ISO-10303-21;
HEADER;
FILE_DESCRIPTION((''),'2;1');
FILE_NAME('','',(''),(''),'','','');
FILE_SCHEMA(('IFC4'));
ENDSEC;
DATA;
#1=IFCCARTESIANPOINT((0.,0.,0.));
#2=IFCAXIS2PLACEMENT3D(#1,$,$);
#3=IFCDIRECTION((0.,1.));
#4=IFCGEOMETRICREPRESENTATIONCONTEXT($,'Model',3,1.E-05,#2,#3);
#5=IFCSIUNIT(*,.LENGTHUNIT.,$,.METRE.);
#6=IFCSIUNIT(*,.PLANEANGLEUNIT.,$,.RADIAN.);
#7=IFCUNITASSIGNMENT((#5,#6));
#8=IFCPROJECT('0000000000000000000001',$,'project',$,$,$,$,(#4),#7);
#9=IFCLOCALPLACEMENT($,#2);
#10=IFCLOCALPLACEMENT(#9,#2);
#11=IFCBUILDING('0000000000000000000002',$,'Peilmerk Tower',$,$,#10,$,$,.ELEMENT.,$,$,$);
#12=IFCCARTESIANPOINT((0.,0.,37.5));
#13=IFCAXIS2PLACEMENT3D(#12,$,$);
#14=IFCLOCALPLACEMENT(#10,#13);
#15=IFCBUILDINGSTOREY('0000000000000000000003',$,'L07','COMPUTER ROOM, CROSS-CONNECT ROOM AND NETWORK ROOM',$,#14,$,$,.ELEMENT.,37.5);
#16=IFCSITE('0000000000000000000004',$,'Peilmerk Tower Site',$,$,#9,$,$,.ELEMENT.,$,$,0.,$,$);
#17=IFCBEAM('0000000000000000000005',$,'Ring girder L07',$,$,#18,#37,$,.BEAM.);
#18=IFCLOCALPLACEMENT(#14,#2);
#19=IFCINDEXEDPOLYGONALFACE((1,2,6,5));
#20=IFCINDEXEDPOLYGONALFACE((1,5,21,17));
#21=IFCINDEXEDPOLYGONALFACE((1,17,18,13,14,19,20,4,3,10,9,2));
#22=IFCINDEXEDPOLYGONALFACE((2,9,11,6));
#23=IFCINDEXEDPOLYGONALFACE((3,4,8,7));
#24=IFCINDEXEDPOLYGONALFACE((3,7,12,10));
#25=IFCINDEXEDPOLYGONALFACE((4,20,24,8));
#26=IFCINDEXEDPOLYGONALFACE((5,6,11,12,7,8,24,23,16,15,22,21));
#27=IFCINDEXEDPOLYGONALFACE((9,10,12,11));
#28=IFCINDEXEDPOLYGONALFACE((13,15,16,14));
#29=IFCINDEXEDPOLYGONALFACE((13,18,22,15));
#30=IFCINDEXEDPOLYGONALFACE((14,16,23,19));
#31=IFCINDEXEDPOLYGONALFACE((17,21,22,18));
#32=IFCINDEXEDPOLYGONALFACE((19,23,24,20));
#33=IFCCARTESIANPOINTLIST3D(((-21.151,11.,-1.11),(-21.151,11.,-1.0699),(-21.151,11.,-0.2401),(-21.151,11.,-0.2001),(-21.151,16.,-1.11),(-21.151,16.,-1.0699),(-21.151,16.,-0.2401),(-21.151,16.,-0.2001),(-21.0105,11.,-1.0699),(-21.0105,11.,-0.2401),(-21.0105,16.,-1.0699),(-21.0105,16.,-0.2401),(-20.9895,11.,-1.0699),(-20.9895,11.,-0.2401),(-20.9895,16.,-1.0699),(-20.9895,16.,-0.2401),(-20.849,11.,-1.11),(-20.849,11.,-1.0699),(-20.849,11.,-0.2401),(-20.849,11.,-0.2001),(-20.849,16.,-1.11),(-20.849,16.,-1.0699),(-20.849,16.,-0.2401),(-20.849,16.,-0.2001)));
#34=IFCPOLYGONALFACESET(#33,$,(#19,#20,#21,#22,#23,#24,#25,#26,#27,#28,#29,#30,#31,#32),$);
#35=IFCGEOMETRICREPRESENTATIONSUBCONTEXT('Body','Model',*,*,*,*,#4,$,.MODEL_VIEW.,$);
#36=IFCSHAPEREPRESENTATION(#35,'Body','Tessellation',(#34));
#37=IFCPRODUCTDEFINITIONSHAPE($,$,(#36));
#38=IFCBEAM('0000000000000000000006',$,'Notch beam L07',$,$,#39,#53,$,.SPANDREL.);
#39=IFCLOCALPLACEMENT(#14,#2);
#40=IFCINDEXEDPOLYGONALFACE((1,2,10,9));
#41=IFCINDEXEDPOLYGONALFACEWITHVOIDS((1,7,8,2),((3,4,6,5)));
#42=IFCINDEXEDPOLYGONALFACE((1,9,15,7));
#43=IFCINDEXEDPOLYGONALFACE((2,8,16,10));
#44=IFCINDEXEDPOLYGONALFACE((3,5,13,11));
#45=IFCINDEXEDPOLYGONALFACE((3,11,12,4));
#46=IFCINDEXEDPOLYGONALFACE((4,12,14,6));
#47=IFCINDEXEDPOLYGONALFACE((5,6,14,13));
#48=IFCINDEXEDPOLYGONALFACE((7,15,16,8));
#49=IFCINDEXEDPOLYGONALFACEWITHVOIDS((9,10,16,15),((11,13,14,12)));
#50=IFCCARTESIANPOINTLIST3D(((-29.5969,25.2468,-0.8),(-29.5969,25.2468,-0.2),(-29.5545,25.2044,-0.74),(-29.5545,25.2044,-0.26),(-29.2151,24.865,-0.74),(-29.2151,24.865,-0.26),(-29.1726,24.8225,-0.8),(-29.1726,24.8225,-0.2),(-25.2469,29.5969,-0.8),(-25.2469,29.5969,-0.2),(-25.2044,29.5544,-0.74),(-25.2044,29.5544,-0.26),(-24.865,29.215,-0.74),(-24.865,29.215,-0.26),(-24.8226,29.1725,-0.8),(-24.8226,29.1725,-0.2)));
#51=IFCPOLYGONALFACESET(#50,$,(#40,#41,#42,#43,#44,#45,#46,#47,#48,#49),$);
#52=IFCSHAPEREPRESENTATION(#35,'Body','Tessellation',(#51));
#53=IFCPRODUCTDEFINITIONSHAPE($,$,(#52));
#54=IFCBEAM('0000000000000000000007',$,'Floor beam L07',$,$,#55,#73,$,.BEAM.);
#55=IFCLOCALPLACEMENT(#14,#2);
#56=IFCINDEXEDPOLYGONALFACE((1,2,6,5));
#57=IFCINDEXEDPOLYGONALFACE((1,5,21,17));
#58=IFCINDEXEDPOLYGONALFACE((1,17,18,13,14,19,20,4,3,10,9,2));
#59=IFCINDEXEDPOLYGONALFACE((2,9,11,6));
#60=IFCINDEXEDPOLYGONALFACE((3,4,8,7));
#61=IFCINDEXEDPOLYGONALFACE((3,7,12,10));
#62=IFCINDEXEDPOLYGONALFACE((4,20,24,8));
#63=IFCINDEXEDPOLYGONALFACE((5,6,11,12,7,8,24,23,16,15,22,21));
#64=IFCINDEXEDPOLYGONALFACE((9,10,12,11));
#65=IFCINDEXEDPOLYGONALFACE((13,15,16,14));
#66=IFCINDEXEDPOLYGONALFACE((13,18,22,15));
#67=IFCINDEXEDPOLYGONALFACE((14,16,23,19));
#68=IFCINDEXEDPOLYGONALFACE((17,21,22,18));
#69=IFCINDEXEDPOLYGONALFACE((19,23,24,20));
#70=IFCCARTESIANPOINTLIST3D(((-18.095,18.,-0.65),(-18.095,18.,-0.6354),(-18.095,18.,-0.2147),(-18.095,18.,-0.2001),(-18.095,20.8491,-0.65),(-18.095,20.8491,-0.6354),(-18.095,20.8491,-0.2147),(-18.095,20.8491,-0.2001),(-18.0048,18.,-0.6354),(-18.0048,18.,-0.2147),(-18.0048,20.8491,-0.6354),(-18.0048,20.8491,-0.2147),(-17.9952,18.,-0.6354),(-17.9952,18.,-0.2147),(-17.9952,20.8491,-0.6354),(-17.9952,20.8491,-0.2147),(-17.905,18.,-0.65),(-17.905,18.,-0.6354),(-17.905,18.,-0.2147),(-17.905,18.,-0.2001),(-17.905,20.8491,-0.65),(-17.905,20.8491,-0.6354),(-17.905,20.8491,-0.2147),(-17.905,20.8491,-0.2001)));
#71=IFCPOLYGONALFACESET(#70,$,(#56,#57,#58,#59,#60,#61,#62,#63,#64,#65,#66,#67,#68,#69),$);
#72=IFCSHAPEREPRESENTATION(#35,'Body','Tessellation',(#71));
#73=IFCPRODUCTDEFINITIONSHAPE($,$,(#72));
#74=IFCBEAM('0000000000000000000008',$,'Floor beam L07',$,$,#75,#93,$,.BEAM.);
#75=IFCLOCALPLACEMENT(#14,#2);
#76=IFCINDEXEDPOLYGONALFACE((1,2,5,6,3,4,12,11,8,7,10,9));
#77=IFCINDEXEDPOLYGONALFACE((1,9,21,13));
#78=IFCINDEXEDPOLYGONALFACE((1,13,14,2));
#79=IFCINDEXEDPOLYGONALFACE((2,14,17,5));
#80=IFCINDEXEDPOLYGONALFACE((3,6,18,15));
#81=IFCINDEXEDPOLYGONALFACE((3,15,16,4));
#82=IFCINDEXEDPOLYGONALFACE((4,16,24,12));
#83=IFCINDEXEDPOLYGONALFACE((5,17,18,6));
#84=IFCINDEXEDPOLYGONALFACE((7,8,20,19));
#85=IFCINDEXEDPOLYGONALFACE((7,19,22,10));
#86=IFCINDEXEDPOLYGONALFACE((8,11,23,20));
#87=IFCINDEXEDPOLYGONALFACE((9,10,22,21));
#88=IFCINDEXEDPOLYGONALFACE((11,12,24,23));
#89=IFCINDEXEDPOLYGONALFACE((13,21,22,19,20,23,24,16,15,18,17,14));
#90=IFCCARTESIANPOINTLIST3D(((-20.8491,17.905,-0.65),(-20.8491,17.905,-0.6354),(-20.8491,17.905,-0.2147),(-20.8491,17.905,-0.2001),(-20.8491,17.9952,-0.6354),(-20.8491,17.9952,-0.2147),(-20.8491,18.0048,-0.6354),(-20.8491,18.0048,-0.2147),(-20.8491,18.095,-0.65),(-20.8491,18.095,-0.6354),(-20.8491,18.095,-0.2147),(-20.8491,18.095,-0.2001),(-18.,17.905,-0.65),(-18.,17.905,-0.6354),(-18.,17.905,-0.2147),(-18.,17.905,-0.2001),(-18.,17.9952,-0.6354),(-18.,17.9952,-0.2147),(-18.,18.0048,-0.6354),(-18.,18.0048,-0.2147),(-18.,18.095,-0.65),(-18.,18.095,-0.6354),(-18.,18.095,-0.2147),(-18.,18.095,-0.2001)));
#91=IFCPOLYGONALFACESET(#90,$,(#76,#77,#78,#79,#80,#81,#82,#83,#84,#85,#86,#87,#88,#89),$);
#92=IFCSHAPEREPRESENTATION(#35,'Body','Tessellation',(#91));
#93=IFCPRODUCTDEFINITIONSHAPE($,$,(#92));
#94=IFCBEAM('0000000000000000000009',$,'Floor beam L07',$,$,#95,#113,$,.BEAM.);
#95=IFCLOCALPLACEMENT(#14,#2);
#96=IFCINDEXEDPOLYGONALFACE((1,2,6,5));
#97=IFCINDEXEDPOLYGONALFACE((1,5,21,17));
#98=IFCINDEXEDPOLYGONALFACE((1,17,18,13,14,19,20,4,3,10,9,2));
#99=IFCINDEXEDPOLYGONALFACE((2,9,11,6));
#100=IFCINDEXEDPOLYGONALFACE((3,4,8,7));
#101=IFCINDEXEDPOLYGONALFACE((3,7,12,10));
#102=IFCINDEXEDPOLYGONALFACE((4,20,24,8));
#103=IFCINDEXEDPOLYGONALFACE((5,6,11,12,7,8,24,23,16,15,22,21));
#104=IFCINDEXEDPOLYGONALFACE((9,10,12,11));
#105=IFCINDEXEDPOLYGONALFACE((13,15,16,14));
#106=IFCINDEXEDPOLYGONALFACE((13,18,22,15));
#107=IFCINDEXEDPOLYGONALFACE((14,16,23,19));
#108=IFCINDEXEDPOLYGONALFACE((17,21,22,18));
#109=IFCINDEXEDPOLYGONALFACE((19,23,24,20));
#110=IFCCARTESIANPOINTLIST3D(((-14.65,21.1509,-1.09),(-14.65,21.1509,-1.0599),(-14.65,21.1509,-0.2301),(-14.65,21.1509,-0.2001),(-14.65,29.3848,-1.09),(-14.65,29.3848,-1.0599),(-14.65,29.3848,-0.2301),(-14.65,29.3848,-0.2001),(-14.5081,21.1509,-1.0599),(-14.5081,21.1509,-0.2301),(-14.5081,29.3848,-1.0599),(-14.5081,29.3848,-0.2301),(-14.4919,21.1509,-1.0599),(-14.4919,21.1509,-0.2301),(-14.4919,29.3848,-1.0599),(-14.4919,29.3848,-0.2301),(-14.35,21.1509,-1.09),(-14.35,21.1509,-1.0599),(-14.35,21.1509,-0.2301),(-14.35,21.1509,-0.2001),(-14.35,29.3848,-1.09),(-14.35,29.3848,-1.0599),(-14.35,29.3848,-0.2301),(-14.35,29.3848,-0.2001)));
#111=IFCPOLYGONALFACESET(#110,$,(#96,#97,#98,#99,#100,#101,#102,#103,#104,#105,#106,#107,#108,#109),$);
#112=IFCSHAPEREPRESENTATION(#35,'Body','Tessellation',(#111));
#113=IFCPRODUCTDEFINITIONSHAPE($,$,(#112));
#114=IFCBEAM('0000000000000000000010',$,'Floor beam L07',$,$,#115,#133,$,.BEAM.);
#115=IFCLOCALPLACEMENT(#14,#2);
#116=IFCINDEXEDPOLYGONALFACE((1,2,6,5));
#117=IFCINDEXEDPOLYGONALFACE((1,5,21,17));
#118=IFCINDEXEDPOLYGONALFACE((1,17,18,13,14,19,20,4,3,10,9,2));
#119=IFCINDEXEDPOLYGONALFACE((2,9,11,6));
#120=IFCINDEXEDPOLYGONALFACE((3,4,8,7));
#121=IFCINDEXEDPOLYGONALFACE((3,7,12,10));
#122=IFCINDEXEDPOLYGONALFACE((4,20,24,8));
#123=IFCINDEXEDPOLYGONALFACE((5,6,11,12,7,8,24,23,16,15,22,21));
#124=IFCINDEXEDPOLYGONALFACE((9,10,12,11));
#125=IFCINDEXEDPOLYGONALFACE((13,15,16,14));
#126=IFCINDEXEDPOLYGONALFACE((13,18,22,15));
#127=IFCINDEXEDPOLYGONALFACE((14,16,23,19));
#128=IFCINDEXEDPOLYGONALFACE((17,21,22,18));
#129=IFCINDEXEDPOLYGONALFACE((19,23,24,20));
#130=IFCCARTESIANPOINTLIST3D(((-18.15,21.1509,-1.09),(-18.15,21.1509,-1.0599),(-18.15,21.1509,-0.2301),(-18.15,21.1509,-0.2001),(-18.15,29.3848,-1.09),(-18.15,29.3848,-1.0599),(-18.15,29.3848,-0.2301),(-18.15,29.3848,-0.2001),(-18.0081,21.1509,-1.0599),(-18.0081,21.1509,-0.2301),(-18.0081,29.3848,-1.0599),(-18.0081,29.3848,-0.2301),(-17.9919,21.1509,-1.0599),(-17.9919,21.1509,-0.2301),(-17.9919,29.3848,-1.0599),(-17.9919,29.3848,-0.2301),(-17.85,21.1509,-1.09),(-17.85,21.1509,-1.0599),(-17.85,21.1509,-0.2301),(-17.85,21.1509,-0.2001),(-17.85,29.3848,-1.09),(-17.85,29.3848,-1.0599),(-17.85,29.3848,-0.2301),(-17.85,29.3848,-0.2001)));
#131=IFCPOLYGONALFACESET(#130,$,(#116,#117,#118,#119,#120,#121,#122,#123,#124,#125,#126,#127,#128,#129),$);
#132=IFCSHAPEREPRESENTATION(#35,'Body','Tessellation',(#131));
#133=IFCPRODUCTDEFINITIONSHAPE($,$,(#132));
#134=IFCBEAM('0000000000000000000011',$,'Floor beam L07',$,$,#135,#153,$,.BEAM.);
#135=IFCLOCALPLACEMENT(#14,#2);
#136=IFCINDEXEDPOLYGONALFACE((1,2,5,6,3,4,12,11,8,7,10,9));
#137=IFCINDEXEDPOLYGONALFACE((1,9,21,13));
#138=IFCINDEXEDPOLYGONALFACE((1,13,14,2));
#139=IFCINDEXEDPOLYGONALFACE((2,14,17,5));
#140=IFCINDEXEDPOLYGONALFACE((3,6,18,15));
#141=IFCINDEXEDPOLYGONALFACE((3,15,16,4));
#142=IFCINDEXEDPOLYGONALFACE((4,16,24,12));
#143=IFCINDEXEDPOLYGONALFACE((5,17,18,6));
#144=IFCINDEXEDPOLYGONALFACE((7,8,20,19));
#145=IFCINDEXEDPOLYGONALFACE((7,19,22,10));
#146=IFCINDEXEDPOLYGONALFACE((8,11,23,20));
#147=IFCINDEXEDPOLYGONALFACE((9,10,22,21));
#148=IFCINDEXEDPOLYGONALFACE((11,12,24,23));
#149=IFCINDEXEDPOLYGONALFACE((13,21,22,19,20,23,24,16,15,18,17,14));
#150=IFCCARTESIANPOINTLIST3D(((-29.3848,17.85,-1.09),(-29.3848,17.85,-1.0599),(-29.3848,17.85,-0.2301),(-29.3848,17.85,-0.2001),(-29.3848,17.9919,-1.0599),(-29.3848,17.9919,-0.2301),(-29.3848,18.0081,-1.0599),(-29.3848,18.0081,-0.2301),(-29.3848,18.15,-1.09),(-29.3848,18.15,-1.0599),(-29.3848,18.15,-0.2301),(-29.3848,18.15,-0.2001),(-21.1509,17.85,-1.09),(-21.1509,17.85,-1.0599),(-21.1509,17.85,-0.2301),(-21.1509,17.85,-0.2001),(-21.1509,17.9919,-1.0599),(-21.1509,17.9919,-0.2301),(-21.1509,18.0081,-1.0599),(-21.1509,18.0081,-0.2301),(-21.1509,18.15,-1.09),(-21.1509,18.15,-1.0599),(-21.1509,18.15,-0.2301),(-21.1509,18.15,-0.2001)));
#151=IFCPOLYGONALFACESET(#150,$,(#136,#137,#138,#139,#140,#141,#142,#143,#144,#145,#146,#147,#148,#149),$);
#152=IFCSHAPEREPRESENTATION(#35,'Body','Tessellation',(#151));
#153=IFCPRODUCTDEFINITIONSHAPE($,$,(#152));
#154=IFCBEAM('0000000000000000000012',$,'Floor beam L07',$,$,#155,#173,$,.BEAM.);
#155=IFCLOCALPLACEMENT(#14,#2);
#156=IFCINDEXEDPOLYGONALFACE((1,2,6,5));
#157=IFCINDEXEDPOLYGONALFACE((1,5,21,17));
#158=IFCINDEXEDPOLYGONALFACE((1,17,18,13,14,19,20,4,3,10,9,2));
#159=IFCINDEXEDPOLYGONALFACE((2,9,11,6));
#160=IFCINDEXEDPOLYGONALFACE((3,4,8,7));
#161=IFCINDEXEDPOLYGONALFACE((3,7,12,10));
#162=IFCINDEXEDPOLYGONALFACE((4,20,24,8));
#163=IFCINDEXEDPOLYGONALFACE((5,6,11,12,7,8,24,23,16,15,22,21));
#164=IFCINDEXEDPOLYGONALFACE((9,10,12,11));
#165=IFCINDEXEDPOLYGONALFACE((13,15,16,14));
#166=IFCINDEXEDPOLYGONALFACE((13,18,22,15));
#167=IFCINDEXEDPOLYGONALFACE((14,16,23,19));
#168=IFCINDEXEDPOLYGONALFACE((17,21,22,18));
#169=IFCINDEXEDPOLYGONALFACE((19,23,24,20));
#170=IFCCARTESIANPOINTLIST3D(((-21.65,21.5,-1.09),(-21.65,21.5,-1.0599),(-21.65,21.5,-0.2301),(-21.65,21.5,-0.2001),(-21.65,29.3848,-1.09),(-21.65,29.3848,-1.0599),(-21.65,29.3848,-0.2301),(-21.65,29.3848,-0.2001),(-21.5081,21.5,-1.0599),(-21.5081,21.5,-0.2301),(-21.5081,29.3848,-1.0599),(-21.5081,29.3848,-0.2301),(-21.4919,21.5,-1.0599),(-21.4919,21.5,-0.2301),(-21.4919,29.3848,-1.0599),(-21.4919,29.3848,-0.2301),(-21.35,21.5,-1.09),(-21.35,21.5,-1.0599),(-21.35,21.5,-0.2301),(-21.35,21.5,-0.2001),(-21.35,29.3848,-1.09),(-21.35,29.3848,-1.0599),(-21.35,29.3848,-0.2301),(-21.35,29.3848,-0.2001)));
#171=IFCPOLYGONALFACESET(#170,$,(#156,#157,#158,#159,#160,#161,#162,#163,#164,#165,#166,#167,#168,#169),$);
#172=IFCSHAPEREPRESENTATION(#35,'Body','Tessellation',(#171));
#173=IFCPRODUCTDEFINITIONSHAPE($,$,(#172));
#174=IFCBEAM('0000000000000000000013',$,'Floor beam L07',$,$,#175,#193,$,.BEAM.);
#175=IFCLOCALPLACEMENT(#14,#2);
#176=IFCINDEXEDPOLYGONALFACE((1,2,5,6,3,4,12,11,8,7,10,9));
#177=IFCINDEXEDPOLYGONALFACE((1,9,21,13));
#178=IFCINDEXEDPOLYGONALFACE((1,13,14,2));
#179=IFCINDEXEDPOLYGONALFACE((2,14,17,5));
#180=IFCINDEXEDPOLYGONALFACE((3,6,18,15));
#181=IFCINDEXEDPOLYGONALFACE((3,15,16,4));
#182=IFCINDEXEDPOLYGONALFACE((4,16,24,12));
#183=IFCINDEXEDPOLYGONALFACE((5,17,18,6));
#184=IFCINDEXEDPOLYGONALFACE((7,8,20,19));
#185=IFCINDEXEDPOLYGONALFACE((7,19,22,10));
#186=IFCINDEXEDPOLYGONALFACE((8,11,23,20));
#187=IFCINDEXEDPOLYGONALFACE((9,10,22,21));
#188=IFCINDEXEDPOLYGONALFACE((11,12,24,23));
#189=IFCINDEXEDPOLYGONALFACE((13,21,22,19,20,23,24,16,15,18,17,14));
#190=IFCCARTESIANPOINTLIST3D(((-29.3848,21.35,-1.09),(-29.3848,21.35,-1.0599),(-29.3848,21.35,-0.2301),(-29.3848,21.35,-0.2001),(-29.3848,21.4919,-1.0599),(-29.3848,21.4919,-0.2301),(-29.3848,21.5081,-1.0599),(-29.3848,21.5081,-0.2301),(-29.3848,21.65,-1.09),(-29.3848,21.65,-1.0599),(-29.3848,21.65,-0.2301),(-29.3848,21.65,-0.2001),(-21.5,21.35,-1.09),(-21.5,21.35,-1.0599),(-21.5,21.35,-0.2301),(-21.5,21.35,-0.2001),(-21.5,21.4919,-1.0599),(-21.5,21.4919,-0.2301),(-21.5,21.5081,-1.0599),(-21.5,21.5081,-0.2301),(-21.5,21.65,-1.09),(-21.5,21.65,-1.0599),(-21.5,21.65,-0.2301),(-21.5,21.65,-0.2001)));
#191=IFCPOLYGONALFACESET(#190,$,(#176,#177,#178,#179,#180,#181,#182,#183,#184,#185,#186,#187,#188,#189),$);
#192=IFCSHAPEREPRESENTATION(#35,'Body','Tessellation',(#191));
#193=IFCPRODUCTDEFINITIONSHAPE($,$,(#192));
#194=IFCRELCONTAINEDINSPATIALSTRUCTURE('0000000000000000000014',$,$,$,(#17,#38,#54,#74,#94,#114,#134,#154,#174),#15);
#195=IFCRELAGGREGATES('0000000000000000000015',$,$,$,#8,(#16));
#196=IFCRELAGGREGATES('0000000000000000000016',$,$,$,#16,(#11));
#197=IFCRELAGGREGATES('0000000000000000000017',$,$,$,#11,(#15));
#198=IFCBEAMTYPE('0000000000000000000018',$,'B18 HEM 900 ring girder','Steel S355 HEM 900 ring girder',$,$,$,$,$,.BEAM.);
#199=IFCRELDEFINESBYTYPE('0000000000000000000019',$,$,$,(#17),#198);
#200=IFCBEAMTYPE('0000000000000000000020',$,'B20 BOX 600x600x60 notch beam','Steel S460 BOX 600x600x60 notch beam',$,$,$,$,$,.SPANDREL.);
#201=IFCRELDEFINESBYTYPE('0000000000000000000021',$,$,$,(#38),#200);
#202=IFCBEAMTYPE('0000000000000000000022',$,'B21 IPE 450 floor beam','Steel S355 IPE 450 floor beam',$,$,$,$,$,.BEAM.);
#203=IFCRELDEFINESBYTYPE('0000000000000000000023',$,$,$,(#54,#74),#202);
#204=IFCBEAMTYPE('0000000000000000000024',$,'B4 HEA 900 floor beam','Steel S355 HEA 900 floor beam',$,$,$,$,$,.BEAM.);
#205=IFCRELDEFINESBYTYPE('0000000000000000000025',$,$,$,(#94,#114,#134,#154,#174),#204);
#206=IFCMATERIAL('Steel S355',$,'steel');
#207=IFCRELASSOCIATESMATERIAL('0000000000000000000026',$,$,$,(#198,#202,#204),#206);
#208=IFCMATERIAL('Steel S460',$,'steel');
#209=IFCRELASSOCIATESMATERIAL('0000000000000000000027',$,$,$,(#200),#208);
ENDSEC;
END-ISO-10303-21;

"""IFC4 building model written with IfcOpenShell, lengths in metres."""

from ifc_helpers import new_model, si_unit, direction, frame, origin, origin_2d, place, context, subcontext, project, spatial, hollow_rectangle, i_section, extrude, material, material_profile, profile_set, type_object, element, save


model = new_model("IFC4")

# Units and contexts
model_context = context("Model", 3, precision=1e-05, world=origin(), true_north=direction((0.0, 1.0)))
body_context = subcontext(model_context, "Body", "Model", "MODEL_VIEW")
ifc_project = project(units=[si_unit("LENGTHUNIT", "METRE"), si_unit("PLANEANGLEUNIT", "RADIAN")], contexts=[model_context])

# Site, building, storey
site_placement = place(None, origin())
site = spatial("IfcSite", under=ifc_project, at=site_placement, Name="Peilmerk Tower Site", CompositionType="ELEMENT", RefElevation=0.0)
building_placement = place(site_placement, origin())
building = spatial("IfcBuilding", under=site, at=building_placement, Name="Peilmerk Tower", CompositionType="ELEMENT")
storey_placement = place(building_placement, frame((0.0, 0.0, 37.5)))
storey = spatial("IfcBuildingStorey", under=building, at=storey_placement, Name="L07", Description="COMPUTER ROOM, CROSS-CONNECT ROOM AND NETWORK ROOM", CompositionType="ELEMENT", Elevation=37.5)

# Beams
ifc_material_1 = material(Name="Steel S355", Category="steel")
ifc_material_2 = material(Name="Steel S460", Category="steel")
ifc_material_profile_1 = material_profile(ifc_material_1, i_section(OverallWidth=0.302, OverallDepth=0.9099, WebThickness=0.021, FlangeThickness=0.04, at=origin_2d()), Name="HEM 900")
ifc_profile_set_1 = profile_set([ifc_material_profile_1], Name="Steel S355")
beam_type_1 = type_object("IfcBeamType", Name="B18 HEM 900 ring girder", Description="Steel S355 HEM 900 ring girder", PredefinedType="BEAM", material=ifc_profile_set_1)
for number, where, z_axis, x_axis, name in (
    (1, (-21.0, 16.0, -0.655), (0.0, -1.0, 0.0), (1.0, 0.0, 0.0), "Ring girder L07"),
):
    element("IfcBeam", number, at=place(storey_placement, frame(where, z_axis=z_axis, x_axis=x_axis)), inside=storey, type_object=beam_type_1, Name=name, PredefinedType="BEAM", context=body_context, shape_type="SweptSolid", body=[
        extrude(i_section(OverallWidth=0.302, OverallDepth=0.9099, WebThickness=0.021, FlangeThickness=0.04, at=origin_2d()), origin(), (0.0, 0.0, 1.0), 5.0),
    ])
ifc_material_profile_2 = material_profile(ifc_material_2, hollow_rectangle(XDim=0.6001, YDim=0.6001, WallThickness=0.0601, at=origin_2d()), Name="BOX 600x600x60")
ifc_profile_set_2 = profile_set([ifc_material_profile_2], Name="Steel S460")
beam_type_2 = type_object("IfcBeamType", Name="B20 BOX 600x600x60 notch beam", Description="Steel S460 BOX 600x600x60 notch beam", PredefinedType="SPANDREL", material=ifc_profile_set_2)
beam_1_placement = place(storey_placement, frame((-29.3848, 25.0347, -0.5), z_axis=(0.707107, 0.707107, 0.0), x_axis=(-0.707107, 0.707107, 0.0)))
element("IfcBeam", 2, at=beam_1_placement, inside=storey, type_object=beam_type_2, Name="Notch beam L07", PredefinedType="SPANDREL", context=body_context, shape_type="SweptSolid", body=[
    extrude(hollow_rectangle(XDim=0.6001, YDim=0.6001, WallThickness=0.0601, at=origin_2d()), origin(), (0.0, 0.0, 1.0), 6.1519),
])
ifc_material_profile_3 = material_profile(ifc_material_1, i_section(OverallWidth=0.1899, OverallDepth=0.45, WebThickness=0.0095, FlangeThickness=0.0146, at=origin_2d()), Name="IPE 450")
ifc_profile_set_3 = profile_set([ifc_material_profile_3], Name="Steel S355")
beam_type_3 = type_object("IfcBeamType", Name="B21 IPE 450 floor beam", Description="Steel S355 IPE 450 floor beam", PredefinedType="BEAM", material=ifc_profile_set_3)
for number, where, z_axis, x_axis, name in (
    (3, (-18.0, 18.0, -0.425), (0.0, 1.0, 0.0), (-1.0, 0.0, 0.0), "Floor beam L07"),
    (4, (-18.0, 18.0, -0.425), (-1.0, 0.0, 0.0), (0.0, -1.0, 0.0), "Floor beam L07"),
):
    element("IfcBeam", number, at=place(storey_placement, frame(where, z_axis=z_axis, x_axis=x_axis)), inside=storey, type_object=beam_type_3, Name=name, PredefinedType="BEAM", context=body_context, shape_type="SweptSolid", body=[
        extrude(i_section(OverallWidth=0.1899, OverallDepth=0.45, WebThickness=0.0095, FlangeThickness=0.0146, at=origin_2d()), origin(), (0.0, 0.0, 1.0), 2.8491),
    ])
ifc_material_profile_4 = material_profile(ifc_material_1, i_section(OverallWidth=0.3, OverallDepth=0.8899, WebThickness=0.0161, FlangeThickness=0.03, at=origin_2d()), Name="HEA 900")
ifc_profile_set_4 = profile_set([ifc_material_profile_4], Name="Steel S355")
beam_type_4 = type_object("IfcBeamType", Name="B4 HEA 900 floor beam", Description="Steel S355 HEA 900 floor beam", PredefinedType="BEAM", material=ifc_profile_set_4)
for number, where, z_axis, x_axis, name in (
    (5, (-14.5, 21.1509, -0.645), (0.0, 1.0, 0.0), (-1.0, 0.0, 0.0), "Floor beam L07"),
    (6, (-18.0, 21.1509, -0.645), (0.0, 1.0, 0.0), (-1.0, 0.0, 0.0), "Floor beam L07"),
    (7, (-21.1509, 18.0, -0.645), (-1.0, 0.0, 0.0), (0.0, -1.0, 0.0), "Floor beam L07"),
):
    element("IfcBeam", number, at=place(storey_placement, frame(where, z_axis=z_axis, x_axis=x_axis)), inside=storey, type_object=beam_type_4, Name=name, PredefinedType="BEAM", context=body_context, shape_type="SweptSolid", body=[
        extrude(i_section(OverallWidth=0.3, OverallDepth=0.8899, WebThickness=0.0161, FlangeThickness=0.03, at=origin_2d()), origin(), (0.0, 0.0, 1.0), 8.2339),
    ])
for number, where, z_axis, x_axis, name in (
    (8, (-21.5, 21.5, -0.645), (0.0, 1.0, 0.0), (-1.0, 0.0, 0.0), "Floor beam L07"),
    (9, (-21.5, 21.5, -0.645), (-1.0, 0.0, 0.0), (0.0, -1.0, 0.0), "Floor beam L07"),
):
    element("IfcBeam", number, at=place(storey_placement, frame(where, z_axis=z_axis, x_axis=x_axis)), inside=storey, type_object=beam_type_4, Name=name, PredefinedType="BEAM", context=body_context, shape_type="SweptSolid", body=[
        extrude(i_section(OverallWidth=0.3, OverallDepth=0.8899, WebThickness=0.0161, FlangeThickness=0.03, at=origin_2d()), origin(), (0.0, 0.0, 1.0), 7.8848),
    ])

save(model, "model.ifc")
